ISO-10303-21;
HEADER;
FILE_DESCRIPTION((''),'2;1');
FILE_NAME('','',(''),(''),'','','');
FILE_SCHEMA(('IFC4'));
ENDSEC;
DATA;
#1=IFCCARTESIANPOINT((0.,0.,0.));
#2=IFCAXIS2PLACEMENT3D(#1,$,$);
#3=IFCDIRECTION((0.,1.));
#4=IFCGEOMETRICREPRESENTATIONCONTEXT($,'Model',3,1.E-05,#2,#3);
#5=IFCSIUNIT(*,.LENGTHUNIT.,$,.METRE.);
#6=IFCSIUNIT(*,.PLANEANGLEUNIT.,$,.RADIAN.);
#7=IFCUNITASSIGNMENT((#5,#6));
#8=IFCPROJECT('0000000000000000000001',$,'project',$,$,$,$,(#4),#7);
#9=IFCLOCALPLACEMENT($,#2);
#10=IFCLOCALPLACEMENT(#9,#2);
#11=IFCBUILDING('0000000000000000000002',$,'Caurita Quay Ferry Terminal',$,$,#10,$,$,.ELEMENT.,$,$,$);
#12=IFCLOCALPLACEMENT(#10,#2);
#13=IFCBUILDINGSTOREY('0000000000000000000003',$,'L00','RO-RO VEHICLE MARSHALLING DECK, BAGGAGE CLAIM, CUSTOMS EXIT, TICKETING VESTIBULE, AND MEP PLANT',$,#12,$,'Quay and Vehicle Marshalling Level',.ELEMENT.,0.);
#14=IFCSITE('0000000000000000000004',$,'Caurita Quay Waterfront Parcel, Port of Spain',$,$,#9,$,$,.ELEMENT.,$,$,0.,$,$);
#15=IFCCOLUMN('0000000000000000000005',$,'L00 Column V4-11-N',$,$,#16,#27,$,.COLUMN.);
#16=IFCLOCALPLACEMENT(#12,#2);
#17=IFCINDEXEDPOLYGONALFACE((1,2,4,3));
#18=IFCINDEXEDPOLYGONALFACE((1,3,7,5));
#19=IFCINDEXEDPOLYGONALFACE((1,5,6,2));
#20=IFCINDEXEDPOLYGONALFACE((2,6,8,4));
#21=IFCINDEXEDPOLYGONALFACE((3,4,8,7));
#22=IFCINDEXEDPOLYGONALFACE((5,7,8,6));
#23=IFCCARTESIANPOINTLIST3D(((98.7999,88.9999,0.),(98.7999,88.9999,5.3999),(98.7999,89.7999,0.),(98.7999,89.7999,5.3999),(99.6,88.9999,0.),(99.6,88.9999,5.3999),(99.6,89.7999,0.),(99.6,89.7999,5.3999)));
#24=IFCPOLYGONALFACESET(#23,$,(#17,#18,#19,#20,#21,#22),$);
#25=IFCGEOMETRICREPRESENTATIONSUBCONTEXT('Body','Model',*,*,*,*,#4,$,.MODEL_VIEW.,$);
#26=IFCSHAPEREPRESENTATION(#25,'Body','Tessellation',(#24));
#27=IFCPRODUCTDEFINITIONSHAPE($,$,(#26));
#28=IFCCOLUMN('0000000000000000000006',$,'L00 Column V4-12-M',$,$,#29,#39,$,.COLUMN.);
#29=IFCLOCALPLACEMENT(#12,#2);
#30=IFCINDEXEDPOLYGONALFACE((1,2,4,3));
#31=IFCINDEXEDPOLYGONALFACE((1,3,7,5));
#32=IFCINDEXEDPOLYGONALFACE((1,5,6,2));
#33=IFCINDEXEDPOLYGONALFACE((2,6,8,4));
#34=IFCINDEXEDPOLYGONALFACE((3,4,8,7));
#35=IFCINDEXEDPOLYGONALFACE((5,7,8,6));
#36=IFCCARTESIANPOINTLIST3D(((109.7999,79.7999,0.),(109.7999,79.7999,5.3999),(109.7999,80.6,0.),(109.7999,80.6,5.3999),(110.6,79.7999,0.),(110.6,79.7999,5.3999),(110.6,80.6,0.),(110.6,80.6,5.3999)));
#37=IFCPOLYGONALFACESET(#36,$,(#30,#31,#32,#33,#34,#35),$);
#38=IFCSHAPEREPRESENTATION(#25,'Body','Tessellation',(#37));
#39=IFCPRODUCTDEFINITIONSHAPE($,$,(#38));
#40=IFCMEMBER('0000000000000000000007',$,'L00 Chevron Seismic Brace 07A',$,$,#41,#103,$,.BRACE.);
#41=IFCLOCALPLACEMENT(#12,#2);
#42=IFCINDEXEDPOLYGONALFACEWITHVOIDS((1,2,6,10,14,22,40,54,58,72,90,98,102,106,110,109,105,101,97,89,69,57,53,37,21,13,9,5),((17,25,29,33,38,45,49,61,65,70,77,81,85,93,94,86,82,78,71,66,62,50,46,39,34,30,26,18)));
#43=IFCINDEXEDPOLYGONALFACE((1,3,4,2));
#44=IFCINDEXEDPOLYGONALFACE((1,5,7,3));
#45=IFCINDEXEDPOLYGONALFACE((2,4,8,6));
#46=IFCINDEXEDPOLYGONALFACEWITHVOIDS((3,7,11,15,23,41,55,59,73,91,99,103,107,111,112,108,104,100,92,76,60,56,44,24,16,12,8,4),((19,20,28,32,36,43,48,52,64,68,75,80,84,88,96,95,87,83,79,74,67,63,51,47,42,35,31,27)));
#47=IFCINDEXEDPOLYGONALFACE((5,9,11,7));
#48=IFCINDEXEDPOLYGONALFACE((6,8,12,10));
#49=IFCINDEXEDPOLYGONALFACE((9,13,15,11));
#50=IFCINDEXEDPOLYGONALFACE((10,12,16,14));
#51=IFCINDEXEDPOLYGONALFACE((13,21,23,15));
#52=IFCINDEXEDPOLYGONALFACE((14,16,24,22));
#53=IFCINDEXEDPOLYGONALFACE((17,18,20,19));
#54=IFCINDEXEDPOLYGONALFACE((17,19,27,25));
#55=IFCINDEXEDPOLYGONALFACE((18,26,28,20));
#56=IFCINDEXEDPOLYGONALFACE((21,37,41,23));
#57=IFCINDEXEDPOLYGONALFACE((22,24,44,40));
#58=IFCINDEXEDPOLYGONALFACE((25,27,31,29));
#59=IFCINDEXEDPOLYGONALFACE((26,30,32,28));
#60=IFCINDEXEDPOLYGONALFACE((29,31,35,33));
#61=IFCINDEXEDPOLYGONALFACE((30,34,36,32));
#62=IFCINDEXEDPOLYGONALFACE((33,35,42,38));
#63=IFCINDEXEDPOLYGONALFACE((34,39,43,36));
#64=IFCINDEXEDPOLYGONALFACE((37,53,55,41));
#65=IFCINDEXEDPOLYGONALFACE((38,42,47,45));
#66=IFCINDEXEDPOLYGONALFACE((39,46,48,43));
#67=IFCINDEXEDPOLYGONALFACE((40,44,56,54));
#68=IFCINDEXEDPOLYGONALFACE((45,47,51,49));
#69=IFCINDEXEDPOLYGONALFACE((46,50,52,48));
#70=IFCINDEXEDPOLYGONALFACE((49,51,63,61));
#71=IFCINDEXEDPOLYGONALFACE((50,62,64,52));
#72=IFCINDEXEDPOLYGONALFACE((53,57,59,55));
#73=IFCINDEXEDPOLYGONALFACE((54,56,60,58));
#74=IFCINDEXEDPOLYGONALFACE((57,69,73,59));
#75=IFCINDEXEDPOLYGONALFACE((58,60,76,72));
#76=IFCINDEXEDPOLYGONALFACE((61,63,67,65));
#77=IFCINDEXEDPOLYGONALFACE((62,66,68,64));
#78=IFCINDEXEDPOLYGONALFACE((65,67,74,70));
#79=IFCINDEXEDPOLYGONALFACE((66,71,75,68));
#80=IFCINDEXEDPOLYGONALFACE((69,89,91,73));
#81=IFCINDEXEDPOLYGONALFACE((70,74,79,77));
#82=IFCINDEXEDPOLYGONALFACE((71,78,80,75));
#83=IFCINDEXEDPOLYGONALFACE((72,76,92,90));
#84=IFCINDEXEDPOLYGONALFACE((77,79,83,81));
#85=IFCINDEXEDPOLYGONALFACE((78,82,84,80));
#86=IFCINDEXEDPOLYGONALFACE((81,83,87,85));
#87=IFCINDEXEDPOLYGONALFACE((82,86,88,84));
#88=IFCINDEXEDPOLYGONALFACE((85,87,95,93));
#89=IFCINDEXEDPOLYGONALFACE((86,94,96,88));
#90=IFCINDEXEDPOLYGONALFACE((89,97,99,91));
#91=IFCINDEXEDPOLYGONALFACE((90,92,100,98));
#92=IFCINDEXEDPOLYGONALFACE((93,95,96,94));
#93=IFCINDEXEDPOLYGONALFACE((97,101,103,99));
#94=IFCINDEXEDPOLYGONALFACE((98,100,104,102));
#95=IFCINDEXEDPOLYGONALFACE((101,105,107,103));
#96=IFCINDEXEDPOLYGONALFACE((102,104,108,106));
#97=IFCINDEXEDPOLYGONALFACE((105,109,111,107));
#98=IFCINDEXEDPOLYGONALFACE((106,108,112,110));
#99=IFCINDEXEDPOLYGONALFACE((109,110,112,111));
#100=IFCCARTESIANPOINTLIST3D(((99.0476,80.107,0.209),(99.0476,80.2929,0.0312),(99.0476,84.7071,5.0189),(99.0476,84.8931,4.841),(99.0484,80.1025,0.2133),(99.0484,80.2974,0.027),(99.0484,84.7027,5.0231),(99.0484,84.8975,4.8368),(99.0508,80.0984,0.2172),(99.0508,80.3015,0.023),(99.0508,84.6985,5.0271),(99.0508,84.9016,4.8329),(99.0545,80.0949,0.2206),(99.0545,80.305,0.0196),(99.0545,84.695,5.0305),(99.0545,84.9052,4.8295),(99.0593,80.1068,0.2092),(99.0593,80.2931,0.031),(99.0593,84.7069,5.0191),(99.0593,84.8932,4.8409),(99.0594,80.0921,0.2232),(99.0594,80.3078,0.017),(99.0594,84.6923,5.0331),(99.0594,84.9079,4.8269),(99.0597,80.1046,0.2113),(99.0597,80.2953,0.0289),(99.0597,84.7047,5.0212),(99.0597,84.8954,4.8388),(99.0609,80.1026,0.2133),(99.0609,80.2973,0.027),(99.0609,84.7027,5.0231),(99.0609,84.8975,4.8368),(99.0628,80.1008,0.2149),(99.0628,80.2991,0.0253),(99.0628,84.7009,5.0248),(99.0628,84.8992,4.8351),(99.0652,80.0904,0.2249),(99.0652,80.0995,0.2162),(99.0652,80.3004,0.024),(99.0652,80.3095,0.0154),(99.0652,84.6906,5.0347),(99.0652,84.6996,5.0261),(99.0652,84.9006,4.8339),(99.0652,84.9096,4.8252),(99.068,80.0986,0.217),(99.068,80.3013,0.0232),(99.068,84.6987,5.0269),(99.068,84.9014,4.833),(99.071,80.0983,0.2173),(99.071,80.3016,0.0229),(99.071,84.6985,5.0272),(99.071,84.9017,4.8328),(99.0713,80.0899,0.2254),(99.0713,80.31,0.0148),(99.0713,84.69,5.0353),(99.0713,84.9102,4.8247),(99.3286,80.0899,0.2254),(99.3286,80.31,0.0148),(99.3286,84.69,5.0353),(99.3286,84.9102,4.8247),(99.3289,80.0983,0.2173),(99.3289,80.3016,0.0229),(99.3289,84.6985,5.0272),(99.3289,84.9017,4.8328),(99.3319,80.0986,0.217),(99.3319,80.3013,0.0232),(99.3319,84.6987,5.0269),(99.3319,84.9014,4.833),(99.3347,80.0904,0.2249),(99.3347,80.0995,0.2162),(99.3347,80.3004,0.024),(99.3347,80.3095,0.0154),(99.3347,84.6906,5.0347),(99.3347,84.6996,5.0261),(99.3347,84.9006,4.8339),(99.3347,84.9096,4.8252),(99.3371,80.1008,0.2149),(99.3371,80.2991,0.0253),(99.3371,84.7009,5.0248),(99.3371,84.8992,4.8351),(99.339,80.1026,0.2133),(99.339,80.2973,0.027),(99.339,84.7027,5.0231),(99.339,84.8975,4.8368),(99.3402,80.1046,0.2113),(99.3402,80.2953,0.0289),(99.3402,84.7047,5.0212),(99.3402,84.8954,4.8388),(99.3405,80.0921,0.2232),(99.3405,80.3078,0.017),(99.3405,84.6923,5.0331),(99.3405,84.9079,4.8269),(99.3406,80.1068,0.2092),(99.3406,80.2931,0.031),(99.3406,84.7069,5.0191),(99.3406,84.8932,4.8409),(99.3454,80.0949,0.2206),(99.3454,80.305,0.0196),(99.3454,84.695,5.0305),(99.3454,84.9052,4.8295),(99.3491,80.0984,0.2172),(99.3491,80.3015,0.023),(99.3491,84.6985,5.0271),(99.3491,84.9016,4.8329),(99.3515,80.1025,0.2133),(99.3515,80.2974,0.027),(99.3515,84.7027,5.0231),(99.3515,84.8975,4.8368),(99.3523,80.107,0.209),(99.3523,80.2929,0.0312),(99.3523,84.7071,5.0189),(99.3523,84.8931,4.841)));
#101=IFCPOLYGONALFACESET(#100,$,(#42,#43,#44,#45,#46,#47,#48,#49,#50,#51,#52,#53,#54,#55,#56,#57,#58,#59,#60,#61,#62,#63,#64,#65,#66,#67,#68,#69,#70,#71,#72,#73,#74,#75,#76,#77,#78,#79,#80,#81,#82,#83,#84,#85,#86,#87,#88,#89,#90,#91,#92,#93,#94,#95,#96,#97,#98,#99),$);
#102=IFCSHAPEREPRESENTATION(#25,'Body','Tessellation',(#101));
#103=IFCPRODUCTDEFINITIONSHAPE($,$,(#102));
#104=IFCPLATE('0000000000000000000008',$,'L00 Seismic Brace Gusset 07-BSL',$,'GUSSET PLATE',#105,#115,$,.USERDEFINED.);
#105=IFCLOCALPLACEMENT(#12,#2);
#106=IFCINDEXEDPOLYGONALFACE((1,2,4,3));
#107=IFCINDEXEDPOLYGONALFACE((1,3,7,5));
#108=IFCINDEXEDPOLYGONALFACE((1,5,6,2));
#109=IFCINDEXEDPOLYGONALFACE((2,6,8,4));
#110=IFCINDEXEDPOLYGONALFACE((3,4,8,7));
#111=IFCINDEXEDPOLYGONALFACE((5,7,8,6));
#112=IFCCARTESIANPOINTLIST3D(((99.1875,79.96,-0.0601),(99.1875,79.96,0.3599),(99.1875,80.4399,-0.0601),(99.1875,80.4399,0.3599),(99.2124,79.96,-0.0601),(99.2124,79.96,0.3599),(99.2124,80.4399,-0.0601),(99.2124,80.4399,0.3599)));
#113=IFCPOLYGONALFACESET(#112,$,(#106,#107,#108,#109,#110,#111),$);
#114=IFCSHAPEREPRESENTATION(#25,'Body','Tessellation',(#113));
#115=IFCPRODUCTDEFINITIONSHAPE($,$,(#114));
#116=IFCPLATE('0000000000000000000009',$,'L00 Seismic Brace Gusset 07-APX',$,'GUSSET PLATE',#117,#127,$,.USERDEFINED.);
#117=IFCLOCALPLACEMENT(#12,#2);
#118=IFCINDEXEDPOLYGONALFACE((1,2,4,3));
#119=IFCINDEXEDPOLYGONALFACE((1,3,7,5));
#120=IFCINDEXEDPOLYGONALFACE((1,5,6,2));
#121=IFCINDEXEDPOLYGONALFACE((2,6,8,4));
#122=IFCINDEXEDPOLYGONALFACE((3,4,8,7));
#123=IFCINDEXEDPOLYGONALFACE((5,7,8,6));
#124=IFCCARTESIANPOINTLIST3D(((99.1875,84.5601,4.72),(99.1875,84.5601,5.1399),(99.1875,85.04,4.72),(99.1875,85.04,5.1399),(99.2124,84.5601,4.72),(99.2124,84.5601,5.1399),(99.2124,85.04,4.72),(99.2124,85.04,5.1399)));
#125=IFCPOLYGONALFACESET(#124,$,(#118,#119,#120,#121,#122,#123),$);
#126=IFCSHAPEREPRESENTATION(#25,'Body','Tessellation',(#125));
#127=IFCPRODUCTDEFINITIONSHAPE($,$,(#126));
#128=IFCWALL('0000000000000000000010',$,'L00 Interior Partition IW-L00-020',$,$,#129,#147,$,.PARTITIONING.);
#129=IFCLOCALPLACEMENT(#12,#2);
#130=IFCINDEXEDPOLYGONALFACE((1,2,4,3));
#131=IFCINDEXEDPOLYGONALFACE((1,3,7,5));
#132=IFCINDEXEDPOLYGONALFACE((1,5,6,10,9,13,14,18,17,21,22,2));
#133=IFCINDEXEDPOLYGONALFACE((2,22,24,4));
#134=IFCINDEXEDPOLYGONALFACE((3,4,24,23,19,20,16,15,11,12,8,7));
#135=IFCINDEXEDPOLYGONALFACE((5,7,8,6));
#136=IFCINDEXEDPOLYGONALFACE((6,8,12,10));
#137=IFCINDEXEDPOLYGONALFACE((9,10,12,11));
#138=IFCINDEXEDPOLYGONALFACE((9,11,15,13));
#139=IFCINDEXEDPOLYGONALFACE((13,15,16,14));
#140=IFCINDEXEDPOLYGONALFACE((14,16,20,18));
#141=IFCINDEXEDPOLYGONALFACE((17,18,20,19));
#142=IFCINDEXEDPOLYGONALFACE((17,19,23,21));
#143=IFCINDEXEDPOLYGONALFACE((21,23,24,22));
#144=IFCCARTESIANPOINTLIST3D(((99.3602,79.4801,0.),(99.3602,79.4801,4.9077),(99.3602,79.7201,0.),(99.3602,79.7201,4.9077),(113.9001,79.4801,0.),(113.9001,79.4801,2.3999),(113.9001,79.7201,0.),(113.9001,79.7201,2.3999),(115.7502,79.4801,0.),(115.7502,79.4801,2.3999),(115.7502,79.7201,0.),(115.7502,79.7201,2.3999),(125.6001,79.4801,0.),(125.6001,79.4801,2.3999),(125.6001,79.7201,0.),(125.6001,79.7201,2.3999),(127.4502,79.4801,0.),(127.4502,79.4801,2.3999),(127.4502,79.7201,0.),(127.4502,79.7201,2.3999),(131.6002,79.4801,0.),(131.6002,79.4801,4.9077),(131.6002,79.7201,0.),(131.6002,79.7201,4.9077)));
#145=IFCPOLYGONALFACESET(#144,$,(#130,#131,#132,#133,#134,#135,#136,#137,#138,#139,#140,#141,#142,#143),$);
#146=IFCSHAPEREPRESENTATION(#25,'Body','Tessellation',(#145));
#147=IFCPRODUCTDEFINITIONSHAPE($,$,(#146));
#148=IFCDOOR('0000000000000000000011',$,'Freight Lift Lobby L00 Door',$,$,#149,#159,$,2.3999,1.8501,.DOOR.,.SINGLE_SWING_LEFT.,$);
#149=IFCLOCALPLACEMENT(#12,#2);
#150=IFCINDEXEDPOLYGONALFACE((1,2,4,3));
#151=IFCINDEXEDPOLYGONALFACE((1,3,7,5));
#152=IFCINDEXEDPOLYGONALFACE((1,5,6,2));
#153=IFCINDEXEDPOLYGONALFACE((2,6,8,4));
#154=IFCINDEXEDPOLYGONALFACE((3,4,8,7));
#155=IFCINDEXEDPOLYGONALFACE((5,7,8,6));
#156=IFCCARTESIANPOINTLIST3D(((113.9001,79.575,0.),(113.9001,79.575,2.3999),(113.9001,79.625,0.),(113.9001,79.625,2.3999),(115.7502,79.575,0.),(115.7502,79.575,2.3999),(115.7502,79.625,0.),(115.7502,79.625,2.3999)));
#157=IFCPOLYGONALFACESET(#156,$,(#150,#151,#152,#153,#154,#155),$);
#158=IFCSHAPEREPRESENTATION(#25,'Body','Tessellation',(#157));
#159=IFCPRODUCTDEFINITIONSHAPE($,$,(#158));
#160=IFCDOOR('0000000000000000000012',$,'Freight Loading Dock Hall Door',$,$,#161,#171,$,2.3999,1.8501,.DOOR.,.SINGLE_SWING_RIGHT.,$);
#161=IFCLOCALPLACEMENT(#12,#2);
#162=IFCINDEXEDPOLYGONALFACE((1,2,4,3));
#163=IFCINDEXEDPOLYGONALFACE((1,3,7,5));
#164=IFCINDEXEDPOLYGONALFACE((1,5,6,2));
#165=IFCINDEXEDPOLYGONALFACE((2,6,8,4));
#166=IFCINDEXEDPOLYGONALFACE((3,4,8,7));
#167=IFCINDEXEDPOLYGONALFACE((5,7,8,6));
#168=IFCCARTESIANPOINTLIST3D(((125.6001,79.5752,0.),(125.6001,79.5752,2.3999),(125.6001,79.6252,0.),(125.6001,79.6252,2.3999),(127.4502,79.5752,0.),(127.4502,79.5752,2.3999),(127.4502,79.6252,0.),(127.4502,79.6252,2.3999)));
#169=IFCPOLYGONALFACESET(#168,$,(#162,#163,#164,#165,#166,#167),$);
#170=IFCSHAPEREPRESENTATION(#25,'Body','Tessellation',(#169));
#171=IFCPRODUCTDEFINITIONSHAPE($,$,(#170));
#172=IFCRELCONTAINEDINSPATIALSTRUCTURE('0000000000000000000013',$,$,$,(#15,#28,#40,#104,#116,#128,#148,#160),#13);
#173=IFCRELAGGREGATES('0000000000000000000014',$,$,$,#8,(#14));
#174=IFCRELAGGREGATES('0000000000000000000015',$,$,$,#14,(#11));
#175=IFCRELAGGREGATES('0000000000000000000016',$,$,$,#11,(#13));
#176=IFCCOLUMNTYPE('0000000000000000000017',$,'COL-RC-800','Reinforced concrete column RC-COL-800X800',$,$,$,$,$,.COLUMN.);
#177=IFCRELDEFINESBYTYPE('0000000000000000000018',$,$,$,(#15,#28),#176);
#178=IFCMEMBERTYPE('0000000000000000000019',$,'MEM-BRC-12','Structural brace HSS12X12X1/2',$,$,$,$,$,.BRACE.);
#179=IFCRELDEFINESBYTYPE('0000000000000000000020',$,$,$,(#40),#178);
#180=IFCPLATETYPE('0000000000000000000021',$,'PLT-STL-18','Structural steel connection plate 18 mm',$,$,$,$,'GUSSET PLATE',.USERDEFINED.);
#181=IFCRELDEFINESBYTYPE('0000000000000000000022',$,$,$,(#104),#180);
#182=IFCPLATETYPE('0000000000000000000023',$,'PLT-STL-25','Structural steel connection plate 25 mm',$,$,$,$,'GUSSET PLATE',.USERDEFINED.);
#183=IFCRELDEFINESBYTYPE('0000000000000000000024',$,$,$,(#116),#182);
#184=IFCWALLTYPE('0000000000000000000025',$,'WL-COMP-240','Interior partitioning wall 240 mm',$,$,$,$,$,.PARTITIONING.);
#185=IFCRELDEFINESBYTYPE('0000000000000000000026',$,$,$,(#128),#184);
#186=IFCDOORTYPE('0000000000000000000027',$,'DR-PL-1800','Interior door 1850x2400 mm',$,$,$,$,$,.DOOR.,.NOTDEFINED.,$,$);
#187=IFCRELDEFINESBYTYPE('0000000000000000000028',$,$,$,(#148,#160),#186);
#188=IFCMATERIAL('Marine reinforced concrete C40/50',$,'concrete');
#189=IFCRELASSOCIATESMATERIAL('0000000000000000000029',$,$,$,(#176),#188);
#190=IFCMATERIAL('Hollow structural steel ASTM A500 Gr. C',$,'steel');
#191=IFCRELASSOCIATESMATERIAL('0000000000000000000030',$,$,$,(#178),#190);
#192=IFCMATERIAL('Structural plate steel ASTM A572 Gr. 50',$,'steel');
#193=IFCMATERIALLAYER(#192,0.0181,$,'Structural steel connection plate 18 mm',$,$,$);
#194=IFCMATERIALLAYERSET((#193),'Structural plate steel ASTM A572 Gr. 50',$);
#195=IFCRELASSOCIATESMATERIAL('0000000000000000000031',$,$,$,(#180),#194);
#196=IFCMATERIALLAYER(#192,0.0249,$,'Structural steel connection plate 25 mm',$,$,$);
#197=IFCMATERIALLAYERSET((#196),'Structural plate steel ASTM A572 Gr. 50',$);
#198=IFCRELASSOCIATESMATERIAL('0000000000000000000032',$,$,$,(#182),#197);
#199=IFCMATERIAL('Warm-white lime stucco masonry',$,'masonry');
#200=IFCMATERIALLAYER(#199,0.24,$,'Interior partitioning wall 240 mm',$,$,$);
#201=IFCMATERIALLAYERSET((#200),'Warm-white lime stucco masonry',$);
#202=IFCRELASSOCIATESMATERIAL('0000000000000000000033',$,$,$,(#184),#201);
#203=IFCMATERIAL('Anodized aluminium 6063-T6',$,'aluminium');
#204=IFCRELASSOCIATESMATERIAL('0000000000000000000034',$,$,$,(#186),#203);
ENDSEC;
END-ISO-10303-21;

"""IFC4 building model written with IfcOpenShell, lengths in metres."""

from ifc_helpers import new_model, si_unit, direction, frame, frame_2d, origin, origin_2d, place, context, subcontext, project, spatial, rectangle, hollow_rectangle, extrude, material, layer, layer_set, material_profile, profile_set, type_object, element, fill, save


model = new_model("IFC4")

# Units and contexts
model_context = context("Model", 3, precision=1e-05, world=origin(), true_north=direction((0.0, 1.0)))
body_context = subcontext(model_context, "Body", "Model", "MODEL_VIEW")
ifc_project = project(units=[si_unit("LENGTHUNIT", "METRE"), si_unit("PLANEANGLEUNIT", "RADIAN")], contexts=[model_context])

# Site, building, storey
site_placement = place(None, origin())
site = spatial("IfcSite", under=ifc_project, at=site_placement, Name="Caurita Quay Waterfront Parcel, Port of Spain", CompositionType="ELEMENT", RefElevation=0.0)
building_placement = place(site_placement, origin())
building = spatial("IfcBuilding", under=site, at=building_placement, Name="Caurita Quay Ferry Terminal", CompositionType="ELEMENT")
storey_placement = place(building_placement, origin())
storey = spatial("IfcBuildingStorey", under=building, at=storey_placement, Name="L00", Description="RO-RO VEHICLE MARSHALLING DECK, BAGGAGE CLAIM, CUSTOMS EXIT, TICKETING VESTIBULE, AND MEP PLANT", LongName="Quay and Vehicle Marshalling Level", CompositionType="ELEMENT", Elevation=0.0)

# Shared definitions
ifc_material_1 = material(Name="Marine reinforced concrete C40/50", Category="concrete")

# Columns
ifc_material_profile_1 = material_profile(ifc_material_1, rectangle(XDim=0.8, YDim=0.8, at=origin_2d()), Name="RC-COL-800X800")
ifc_profile_set_1 = profile_set([ifc_material_profile_1], Name="Marine reinforced concrete C40/50")
column_type = type_object("IfcColumnType", Name="COL-RC-800", Description="Reinforced concrete column RC-COL-800X800", PredefinedType="COLUMN", material=ifc_profile_set_1)
for number, where, z_axis, x_axis, name in (
    (1, (99.2, 89.3999, 0.0), (0.0, 0.0, 1.0), (1.0, 0.0, 0.0), "L00 Column V4-11-N"),
    (2, (110.2, 80.2, 0.0), (0.0, 0.0, 1.0), (1.0, 0.0, 0.0), "L00 Column V4-12-M"),
):
    element("IfcColumn", number, at=place(storey_placement, frame(where, z_axis=z_axis, x_axis=x_axis)), inside=storey, type_object=column_type, Name=name, PredefinedType="COLUMN", context=body_context, shape_type="SweptSolid", body=[
        extrude(rectangle(XDim=0.8, YDim=0.8, at=origin_2d()), origin(), (0.0, 0.0, 1.0), 5.3999),
    ])

# Member
ifc_material_2 = material(Name="Hollow structural steel ASTM A500 Gr. C", Category="steel")
ifc_material_profile_2 = material_profile(ifc_material_2, hollow_rectangle(XDim=0.3047, YDim=0.3047, WallThickness=0.0117, InnerFilletRadius=0.0117, OuterFilletRadius=0.0237, at=origin_2d()), Name="HSS12X12X1/2")
ifc_profile_set_2 = profile_set([ifc_material_profile_2], Name="Hollow structural steel ASTM A500 Gr. C")
member_type = type_object("IfcMemberType", Name="MEM-BRC-12", Description="Structural brace HSS12X12X1/2", PredefinedType="BRACE", material=ifc_profile_set_2)
member_placement = place(storey_placement, frame((99.2, 80.2, 0.1201), z_axis=(0.0, 0.691176, 0.722686), x_axis=(-1.0, 0.0, 0.0)))
element("IfcMember", 3, at=member_placement, inside=storey, type_object=member_type, Name="L00 Chevron Seismic Brace 07A", PredefinedType="BRACE", context=body_context, shape_type="SweptSolid", body=[
    extrude(hollow_rectangle(XDim=0.3047, YDim=0.3047, WallThickness=0.0117, InnerFilletRadius=0.0117, OuterFilletRadius=0.0237, at=origin_2d()), origin(), (0.0, 0.0, 1.0), 6.6555),
])

# Plates
ifc_material_3 = material(Name="Structural plate steel ASTM A572 Gr. 50", Category="steel")
ifc_layer_1 = layer(ifc_material_3, 0.0181, Name="Structural steel connection plate 18 mm")
ifc_layer_set_1 = layer_set([ifc_layer_1], Name="Structural plate steel ASTM A572 Gr. 50")
plate_type_1 = type_object("IfcPlateType", Name="PLT-STL-18", Description="Structural steel connection plate 18 mm", ElementType="GUSSET PLATE", PredefinedType="USERDEFINED", material=ifc_layer_set_1)
plate_1_placement = place(storey_placement, frame((99.2, 80.2, -0.0601), z_axis=(0.0, 0.0, 1.0), x_axis=(0.0, 1.0, 0.0)))
element("IfcPlate", 4, at=plate_1_placement, inside=storey, type_object=plate_type_1, Name="L00 Seismic Brace Gusset 07-BSL", ObjectType="GUSSET PLATE", PredefinedType="USERDEFINED", context=body_context, shape_type="SweptSolid", body=[
    extrude(rectangle(XDim=0.48, YDim=0.0249, at=origin_2d()), origin(), (0.0, 0.0, 1.0), 0.4199),
])
ifc_layer_2 = layer(ifc_material_3, 0.0249, Name="Structural steel connection plate 25 mm")
ifc_layer_set_2 = layer_set([ifc_layer_2], Name="Structural plate steel ASTM A572 Gr. 50")
plate_type_2 = type_object("IfcPlateType", Name="PLT-STL-25", Description="Structural steel connection plate 25 mm", ElementType="GUSSET PLATE", PredefinedType="USERDEFINED", material=ifc_layer_set_2)
plate_2_placement = place(storey_placement, frame((99.2, 84.8, 4.72), z_axis=(0.0, 0.0, 1.0), x_axis=(0.0, 1.0, 0.0)))
element("IfcPlate", 5, at=plate_2_placement, inside=storey, type_object=plate_type_2, Name="L00 Seismic Brace Gusset 07-APX", ObjectType="GUSSET PLATE", PredefinedType="USERDEFINED", context=body_context, shape_type="SweptSolid", body=[
    extrude(rectangle(XDim=0.48, YDim=0.0249, at=origin_2d()), origin(), (0.0, 0.0, 1.0), 0.4199),
])

# Wall, openings, doors
ifc_material_4 = material(Name="Warm-white lime stucco masonry", Category="masonry")
ifc_layer_3 = layer(ifc_material_4, 0.24, Name="Interior partitioning wall 240 mm")
ifc_layer_set_3 = layer_set([ifc_layer_3], Name="Warm-white lime stucco masonry")
wall_type_1 = type_object("IfcWallType", Name="WL-COMP-240", Description="Interior partitioning wall 240 mm", PredefinedType="PARTITIONING", material=ifc_layer_set_3)
wall_1_placement = place(storey_placement, frame((99.3601, 79.6001, 0.0), z_axis=(0.0, 0.0, 1.0), x_axis=(1.0, 0.0, 0.0)))
wall_1 = element("IfcWall", 6, at=wall_1_placement, inside=storey, type_object=wall_type_1, Name="L00 Interior Partition IW-L00-020", PredefinedType="PARTITIONING", context=body_context, shape_type="SweptSolid", body=[
    extrude(rectangle(XDim=32.24, YDim=0.24, at=frame_2d((16.1201, 0.0))), origin(), (0.0, 0.0, 1.0), 4.9077),
])
opening_1_placement = place(wall_1_placement, frame((14.54, 0.0, 0.0)))
opening_1 = element("IfcOpeningElement", 7, at=opening_1_placement, cuts=wall_1, PredefinedType="OPENING", context=body_context, shape_type="SweptSolid", body=[
    extrude(rectangle(XDim=1.8501, YDim=2.3999, at=frame_2d((0.925, 1.2))), frame((0.0, 0.1299, 0.0), z_axis=(0.0, -1.0, 0.0), x_axis=(1.0, 0.0, 0.0)), (0.0, 0.0, 1.0), 0.26),
])
opening_2_placement = place(wall_1_placement, frame((26.24, 0.0, 0.0)))
opening_2 = element("IfcOpeningElement", 8, at=opening_2_placement, cuts=wall_1, PredefinedType="OPENING", context=body_context, shape_type="SweptSolid", body=[
    extrude(rectangle(XDim=1.8501, YDim=2.3999, at=frame_2d((0.925, 1.2))), frame((0.0, 0.1299, 0.0), z_axis=(0.0, -1.0, 0.0), x_axis=(1.0, 0.0, 0.0)), (0.0, 0.0, 1.0), 0.26),
])
ifc_material_5 = material(Name="Anodized aluminium 6063-T6", Category="aluminium")
door_type_1 = type_object("IfcDoorType", Name="DR-PL-1800", Description="Interior door 1850x2400 mm", OperationType="NOTDEFINED", PredefinedType="DOOR", material=ifc_material_5)
door_1_placement = place(opening_1_placement, origin())
door_1 = element("IfcDoor", 9, at=door_1_placement, inside=storey, type_object=door_type_1, Name="Freight Lift Lobby L00 Door", OperationType="SINGLE_SWING_LEFT", OverallHeight=2.3999, OverallWidth=1.8501, PredefinedType="DOOR", context=body_context, shape_type="SweptSolid", body=[
    extrude(rectangle(XDim=1.8501, YDim=2.3999, at=frame_2d((0.925, 1.2))), frame((0.0, 0.0249, 0.0), z_axis=(0.0, -1.0, 0.0), x_axis=(1.0, 0.0, 0.0)), (0.0, 0.0, 1.0), 0.05),
])
fill(opening_1, door_1)
door_2_placement = place(opening_2_placement, frame((1.8501, 0.0, 0.0), z_axis=(0.0, 0.0, 1.0), x_axis=(-1.0, 0.0, 0.0)))
door_2 = element("IfcDoor", 10, at=door_2_placement, inside=storey, type_object=door_type_1, Name="Freight Loading Dock Hall Door", OperationType="SINGLE_SWING_RIGHT", OverallHeight=2.3999, OverallWidth=1.8501, PredefinedType="DOOR", context=body_context, shape_type="SweptSolid", body=[
    extrude(rectangle(XDim=1.8501, YDim=2.3999, at=frame_2d((0.925, 1.2))), frame((0.0, 0.0249, 0.0), z_axis=(0.0, -1.0, 0.0), x_axis=(1.0, 0.0, 0.0)), (0.0, 0.0, 1.0), 0.05),
])
fill(opening_2, door_2)

save(model, "model.ifc")
